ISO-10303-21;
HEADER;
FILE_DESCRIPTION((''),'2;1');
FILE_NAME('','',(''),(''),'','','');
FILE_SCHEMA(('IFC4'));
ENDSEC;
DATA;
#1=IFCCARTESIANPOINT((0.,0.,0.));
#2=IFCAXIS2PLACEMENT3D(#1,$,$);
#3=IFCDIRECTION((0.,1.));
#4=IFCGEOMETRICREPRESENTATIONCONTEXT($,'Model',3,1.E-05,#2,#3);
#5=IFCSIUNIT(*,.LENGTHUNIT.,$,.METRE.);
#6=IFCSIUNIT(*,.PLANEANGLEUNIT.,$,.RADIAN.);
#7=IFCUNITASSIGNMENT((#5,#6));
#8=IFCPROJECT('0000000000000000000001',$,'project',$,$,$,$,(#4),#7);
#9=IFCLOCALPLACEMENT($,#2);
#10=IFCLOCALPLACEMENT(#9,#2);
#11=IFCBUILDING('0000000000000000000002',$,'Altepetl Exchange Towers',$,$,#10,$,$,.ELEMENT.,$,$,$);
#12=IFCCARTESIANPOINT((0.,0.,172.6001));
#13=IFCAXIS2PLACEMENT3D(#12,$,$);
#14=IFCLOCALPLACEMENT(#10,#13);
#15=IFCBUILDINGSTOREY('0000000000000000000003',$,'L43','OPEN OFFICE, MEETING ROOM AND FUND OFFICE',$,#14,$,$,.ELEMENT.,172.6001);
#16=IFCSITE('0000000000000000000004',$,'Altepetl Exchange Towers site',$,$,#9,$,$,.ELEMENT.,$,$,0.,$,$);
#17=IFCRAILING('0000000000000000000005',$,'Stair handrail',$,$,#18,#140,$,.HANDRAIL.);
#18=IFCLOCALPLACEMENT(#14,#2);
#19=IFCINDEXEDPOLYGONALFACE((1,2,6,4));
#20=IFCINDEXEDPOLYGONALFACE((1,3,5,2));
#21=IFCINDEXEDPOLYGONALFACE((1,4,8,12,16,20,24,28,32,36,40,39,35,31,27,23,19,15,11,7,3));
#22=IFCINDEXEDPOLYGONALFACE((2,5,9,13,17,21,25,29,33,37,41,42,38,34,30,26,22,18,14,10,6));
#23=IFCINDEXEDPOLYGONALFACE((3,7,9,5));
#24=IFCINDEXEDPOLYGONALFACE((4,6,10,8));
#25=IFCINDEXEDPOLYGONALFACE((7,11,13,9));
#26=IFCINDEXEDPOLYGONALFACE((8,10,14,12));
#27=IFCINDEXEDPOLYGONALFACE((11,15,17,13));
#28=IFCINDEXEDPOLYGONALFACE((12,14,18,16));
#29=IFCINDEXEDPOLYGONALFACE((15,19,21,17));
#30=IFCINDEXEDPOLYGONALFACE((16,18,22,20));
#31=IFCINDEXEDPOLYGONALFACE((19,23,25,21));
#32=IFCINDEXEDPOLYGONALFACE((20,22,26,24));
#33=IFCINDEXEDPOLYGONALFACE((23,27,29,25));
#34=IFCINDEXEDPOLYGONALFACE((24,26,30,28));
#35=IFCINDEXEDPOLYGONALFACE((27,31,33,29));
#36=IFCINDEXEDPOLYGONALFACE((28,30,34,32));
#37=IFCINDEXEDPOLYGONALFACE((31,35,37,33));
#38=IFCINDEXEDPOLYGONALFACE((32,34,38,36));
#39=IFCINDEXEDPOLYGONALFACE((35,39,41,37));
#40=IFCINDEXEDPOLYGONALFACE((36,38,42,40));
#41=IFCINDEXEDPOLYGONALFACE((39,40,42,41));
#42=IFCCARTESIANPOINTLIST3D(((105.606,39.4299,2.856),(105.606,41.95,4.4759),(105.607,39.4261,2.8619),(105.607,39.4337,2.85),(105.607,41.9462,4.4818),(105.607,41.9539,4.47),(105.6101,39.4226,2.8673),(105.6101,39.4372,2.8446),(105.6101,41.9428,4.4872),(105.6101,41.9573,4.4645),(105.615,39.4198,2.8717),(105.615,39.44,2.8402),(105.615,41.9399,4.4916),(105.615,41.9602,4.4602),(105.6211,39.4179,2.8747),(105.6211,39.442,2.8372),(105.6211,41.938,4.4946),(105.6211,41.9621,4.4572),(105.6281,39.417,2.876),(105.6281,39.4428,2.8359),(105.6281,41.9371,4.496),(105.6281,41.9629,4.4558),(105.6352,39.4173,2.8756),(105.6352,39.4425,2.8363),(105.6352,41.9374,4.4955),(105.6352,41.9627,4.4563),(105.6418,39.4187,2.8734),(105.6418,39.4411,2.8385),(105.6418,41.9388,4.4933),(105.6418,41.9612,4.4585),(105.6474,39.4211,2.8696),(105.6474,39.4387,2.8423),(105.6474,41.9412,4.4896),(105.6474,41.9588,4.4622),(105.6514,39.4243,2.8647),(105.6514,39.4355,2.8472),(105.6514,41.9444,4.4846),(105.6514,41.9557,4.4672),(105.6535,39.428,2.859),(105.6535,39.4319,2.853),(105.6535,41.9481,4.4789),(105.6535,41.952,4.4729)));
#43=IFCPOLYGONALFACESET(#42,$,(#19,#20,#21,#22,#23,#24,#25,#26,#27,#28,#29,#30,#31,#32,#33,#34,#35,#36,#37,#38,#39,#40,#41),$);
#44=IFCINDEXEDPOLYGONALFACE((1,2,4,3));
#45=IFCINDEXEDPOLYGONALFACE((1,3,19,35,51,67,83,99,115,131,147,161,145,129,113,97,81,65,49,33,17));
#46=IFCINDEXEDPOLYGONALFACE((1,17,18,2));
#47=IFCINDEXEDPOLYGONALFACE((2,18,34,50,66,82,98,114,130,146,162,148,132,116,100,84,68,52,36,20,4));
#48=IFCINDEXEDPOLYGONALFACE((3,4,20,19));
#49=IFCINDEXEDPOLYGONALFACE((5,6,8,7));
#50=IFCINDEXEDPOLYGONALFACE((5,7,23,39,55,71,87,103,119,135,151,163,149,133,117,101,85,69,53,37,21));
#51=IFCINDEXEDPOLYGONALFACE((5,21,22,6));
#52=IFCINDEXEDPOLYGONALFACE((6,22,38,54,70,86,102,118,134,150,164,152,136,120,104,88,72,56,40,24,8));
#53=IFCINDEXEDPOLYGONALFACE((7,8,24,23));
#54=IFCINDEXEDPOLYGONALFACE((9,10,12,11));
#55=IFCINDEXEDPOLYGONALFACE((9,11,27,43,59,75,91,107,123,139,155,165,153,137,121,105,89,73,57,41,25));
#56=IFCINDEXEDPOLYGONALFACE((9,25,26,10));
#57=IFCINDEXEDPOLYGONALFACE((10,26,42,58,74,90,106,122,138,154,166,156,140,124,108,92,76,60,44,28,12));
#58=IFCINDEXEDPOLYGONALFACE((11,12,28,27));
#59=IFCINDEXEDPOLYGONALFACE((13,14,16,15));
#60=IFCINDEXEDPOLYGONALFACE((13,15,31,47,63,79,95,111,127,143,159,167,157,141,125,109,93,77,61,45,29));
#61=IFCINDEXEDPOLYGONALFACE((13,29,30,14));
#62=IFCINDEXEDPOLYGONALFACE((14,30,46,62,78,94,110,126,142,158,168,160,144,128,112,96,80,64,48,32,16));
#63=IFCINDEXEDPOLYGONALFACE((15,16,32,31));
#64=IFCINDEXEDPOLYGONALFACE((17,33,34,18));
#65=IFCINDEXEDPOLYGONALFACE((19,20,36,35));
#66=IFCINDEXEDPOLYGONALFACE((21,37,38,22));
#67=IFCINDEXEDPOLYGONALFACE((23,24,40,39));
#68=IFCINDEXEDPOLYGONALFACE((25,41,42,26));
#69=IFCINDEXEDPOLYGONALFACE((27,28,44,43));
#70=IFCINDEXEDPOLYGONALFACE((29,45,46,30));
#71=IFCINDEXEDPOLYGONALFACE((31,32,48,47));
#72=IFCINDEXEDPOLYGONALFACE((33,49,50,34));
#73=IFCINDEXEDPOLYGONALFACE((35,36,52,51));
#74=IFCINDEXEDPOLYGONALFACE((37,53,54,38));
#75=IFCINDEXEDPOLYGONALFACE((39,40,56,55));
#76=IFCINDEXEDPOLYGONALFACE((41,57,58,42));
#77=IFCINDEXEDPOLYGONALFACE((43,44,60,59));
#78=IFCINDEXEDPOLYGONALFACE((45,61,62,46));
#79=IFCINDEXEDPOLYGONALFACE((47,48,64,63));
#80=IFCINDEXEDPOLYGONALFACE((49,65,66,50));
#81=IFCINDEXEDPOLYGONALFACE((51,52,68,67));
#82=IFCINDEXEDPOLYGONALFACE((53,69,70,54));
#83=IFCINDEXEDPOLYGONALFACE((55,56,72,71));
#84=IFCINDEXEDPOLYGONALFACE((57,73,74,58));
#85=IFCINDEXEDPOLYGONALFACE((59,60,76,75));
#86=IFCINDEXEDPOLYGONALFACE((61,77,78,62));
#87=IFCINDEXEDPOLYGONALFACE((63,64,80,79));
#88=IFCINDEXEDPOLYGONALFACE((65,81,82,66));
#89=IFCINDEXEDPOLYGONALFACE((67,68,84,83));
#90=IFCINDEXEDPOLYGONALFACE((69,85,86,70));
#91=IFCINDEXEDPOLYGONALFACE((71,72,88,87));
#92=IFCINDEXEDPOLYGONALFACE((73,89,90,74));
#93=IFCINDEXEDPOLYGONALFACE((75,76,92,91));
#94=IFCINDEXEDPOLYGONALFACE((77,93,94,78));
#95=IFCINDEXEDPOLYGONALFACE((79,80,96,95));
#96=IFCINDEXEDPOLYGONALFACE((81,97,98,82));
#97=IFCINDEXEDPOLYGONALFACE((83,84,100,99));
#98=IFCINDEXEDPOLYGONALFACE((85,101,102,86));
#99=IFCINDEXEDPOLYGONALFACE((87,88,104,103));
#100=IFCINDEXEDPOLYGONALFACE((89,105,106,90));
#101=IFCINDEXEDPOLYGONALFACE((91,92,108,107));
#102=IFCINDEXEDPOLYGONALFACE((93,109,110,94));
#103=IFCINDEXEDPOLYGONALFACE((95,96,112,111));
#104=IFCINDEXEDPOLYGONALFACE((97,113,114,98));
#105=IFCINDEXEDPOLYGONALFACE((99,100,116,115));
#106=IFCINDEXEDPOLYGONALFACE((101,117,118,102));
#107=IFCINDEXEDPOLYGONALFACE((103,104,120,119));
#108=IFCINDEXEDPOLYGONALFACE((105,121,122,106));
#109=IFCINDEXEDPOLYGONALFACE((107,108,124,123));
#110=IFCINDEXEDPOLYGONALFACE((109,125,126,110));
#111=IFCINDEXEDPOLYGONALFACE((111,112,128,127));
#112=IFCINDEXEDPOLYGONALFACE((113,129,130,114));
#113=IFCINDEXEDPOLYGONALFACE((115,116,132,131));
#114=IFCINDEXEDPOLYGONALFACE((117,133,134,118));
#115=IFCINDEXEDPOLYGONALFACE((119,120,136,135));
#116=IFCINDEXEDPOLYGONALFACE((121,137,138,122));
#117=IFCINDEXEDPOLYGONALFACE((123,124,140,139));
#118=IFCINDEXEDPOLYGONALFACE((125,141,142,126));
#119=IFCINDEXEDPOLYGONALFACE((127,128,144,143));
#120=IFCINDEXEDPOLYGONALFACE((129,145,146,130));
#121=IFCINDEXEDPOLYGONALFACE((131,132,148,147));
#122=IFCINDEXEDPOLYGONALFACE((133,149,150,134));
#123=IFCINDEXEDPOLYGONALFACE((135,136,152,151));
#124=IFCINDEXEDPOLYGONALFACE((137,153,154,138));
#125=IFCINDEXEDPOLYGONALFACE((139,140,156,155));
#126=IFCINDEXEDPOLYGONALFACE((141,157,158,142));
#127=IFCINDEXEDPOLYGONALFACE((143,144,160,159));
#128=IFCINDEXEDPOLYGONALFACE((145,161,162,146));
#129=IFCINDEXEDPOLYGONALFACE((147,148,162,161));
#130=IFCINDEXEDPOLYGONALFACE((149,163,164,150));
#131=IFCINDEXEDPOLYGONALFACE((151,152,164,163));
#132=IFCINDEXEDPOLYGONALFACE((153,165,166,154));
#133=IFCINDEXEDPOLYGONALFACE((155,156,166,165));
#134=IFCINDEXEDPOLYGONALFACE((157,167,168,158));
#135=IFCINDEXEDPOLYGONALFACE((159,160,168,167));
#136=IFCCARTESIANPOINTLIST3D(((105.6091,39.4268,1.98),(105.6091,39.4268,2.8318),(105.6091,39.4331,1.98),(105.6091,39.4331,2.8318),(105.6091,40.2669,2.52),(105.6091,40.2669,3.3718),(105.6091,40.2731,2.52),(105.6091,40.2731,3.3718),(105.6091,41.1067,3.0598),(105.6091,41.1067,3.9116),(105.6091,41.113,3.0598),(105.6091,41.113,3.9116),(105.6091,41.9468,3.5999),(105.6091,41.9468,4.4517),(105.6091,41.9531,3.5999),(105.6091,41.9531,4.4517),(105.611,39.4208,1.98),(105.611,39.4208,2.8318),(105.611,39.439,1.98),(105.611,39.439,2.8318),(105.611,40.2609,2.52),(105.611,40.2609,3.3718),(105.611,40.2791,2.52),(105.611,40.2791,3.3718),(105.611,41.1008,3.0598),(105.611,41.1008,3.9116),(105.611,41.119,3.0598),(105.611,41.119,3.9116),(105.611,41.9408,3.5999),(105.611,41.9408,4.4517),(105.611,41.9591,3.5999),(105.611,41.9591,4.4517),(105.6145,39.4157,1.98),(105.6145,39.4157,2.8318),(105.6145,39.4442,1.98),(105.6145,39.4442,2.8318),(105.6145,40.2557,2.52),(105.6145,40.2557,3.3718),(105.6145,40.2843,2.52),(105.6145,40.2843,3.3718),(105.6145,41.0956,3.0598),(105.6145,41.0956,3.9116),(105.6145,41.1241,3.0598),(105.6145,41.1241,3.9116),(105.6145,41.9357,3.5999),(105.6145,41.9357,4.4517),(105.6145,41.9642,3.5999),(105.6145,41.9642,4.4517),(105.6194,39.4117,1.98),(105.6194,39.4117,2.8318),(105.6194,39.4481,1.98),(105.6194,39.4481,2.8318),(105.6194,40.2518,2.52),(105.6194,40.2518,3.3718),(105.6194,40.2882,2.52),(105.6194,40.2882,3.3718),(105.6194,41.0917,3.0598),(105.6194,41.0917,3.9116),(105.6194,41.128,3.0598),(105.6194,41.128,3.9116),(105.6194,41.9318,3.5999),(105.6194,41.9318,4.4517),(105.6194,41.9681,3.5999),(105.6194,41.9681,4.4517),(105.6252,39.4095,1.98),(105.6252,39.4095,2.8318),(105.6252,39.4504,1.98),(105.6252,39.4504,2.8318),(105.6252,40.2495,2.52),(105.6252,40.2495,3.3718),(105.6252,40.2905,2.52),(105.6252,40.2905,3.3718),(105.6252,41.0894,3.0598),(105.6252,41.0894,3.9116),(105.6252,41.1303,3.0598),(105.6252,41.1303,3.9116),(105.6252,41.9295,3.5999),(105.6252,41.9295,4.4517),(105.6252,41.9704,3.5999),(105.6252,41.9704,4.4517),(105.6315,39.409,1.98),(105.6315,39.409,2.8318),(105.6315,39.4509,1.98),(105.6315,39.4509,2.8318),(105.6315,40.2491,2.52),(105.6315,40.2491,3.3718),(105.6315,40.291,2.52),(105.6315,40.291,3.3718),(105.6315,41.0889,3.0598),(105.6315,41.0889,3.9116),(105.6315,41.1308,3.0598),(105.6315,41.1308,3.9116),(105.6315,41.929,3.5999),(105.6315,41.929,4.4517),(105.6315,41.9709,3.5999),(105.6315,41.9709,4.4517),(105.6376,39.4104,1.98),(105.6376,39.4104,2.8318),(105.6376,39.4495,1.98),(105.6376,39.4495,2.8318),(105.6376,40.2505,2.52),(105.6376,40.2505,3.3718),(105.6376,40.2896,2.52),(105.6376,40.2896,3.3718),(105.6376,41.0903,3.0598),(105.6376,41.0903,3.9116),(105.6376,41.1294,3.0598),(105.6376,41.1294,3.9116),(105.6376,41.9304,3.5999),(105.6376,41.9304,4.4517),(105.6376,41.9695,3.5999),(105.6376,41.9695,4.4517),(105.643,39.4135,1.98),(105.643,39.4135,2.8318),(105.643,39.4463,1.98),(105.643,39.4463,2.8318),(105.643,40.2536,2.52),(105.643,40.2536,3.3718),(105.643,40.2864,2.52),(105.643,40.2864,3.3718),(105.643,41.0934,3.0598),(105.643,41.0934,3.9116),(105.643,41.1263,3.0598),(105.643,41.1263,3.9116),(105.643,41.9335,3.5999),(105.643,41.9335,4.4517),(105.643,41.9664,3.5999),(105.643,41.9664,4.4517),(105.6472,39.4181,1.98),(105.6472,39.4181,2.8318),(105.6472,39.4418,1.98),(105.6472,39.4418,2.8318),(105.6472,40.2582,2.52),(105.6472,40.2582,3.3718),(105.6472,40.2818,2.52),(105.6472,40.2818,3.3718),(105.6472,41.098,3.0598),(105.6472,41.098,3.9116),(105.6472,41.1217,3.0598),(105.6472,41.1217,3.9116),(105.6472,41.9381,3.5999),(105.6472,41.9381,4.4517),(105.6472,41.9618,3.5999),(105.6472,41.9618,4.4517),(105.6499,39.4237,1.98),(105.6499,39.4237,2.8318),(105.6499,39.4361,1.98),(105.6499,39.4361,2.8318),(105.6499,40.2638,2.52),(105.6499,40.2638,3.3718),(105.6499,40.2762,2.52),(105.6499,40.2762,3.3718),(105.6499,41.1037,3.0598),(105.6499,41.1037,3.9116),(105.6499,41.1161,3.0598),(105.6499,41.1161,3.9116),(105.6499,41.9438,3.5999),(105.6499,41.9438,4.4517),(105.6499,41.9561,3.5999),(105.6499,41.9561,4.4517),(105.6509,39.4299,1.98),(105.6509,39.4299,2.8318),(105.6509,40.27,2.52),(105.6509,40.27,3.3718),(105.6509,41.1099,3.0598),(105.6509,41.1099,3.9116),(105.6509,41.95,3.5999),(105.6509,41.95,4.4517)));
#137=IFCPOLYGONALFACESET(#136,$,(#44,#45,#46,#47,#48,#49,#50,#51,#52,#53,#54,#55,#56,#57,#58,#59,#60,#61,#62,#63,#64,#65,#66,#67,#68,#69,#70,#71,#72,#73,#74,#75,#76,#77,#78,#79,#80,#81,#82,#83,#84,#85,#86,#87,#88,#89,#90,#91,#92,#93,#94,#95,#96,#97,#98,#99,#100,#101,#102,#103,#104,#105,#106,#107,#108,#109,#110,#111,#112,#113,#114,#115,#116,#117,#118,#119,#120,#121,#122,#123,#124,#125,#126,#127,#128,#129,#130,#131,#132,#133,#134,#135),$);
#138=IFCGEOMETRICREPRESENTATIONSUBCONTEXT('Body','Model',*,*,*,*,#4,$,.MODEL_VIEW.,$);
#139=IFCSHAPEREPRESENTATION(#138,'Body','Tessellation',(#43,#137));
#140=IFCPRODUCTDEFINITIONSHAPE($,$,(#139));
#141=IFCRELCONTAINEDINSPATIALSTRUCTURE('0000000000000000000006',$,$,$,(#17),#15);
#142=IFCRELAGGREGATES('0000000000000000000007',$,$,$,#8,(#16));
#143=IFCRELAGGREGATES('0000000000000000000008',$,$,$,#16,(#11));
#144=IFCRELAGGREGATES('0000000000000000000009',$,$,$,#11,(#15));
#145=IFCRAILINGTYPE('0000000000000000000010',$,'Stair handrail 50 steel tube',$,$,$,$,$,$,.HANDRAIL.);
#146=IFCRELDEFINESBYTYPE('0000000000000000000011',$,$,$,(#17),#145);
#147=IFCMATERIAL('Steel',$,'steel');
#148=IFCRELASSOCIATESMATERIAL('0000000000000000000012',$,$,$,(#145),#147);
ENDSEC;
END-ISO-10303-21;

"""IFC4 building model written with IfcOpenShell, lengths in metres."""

from ifc_helpers import new_model, si_unit, direction, frame, origin, origin_2d, place, context, subcontext, project, spatial, circle, extrude, source, transform, mapped, material, type_object, element, save


model = new_model("IFC4")

# Units and contexts
model_context = context("Model", 3, precision=1e-05, world=origin(), true_north=direction((0.0, 1.0)))
body_context = subcontext(model_context, "Body", "Model", "MODEL_VIEW")
ifc_project = project(units=[si_unit("LENGTHUNIT", "METRE"), si_unit("PLANEANGLEUNIT", "RADIAN")], contexts=[model_context])

# Site, building, storey
site_placement = place(None, origin())
site = spatial("IfcSite", under=ifc_project, at=site_placement, Name="Altepetl Exchange Towers site", CompositionType="ELEMENT", RefElevation=0.0)
building_placement = place(site_placement, origin())
building = spatial("IfcBuilding", under=site, at=building_placement, Name="Altepetl Exchange Towers", CompositionType="ELEMENT")
storey_placement = place(building_placement, frame((0.0, 0.0, 172.6001)))
storey = spatial("IfcBuildingStorey", under=building, at=storey_placement, Name="L43", Description="OPEN OFFICE, MEETING ROOM AND FUND OFFICE", CompositionType="ELEMENT", Elevation=172.6001)

# Railing
ifc_material_1 = material(Name="Steel", Category="steel")
railing_type = type_object("IfcRailingType", Name="Stair handrail 50 steel tube", PredefinedType="HANDRAIL", material=ifc_material_1)
shared_shape = source(origin(), body_context, "Body", "SweptSolid", [
    extrude(circle(Radius=0.021, at=origin_2d()), origin(), (0.0, 0.0, 1.0), 0.8518),
])
railing_1_placement = place(storey_placement, frame((105.6299, 39.4299, 1.98)))
element("IfcRailing", 1, at=railing_1_placement, inside=storey, type_object=railing_type, Name="Stair handrail", PredefinedType="HANDRAIL", context=body_context, shape_type="SweptSolid", body=[
    extrude(circle(Radius=0.0239, at=origin_2d()), frame((0.0, 0.0, 0.876), z_axis=(0.0, 0.8412, 0.540725), x_axis=(-1.0, 0.0, 0.0)), (0.0, 0.0, 1.0), 2.9958),
    mapped(shared_shape, transform((0.0, 0.0, 0.0))),
    mapped(shared_shape, transform((0.0, 0.8401, 0.54))),
    mapped(shared_shape, transform((0.0, 1.6799, 1.0798))),
    mapped(shared_shape, transform((0.0, 2.52, 1.6199))),
])

save(model, "model.ifc")
